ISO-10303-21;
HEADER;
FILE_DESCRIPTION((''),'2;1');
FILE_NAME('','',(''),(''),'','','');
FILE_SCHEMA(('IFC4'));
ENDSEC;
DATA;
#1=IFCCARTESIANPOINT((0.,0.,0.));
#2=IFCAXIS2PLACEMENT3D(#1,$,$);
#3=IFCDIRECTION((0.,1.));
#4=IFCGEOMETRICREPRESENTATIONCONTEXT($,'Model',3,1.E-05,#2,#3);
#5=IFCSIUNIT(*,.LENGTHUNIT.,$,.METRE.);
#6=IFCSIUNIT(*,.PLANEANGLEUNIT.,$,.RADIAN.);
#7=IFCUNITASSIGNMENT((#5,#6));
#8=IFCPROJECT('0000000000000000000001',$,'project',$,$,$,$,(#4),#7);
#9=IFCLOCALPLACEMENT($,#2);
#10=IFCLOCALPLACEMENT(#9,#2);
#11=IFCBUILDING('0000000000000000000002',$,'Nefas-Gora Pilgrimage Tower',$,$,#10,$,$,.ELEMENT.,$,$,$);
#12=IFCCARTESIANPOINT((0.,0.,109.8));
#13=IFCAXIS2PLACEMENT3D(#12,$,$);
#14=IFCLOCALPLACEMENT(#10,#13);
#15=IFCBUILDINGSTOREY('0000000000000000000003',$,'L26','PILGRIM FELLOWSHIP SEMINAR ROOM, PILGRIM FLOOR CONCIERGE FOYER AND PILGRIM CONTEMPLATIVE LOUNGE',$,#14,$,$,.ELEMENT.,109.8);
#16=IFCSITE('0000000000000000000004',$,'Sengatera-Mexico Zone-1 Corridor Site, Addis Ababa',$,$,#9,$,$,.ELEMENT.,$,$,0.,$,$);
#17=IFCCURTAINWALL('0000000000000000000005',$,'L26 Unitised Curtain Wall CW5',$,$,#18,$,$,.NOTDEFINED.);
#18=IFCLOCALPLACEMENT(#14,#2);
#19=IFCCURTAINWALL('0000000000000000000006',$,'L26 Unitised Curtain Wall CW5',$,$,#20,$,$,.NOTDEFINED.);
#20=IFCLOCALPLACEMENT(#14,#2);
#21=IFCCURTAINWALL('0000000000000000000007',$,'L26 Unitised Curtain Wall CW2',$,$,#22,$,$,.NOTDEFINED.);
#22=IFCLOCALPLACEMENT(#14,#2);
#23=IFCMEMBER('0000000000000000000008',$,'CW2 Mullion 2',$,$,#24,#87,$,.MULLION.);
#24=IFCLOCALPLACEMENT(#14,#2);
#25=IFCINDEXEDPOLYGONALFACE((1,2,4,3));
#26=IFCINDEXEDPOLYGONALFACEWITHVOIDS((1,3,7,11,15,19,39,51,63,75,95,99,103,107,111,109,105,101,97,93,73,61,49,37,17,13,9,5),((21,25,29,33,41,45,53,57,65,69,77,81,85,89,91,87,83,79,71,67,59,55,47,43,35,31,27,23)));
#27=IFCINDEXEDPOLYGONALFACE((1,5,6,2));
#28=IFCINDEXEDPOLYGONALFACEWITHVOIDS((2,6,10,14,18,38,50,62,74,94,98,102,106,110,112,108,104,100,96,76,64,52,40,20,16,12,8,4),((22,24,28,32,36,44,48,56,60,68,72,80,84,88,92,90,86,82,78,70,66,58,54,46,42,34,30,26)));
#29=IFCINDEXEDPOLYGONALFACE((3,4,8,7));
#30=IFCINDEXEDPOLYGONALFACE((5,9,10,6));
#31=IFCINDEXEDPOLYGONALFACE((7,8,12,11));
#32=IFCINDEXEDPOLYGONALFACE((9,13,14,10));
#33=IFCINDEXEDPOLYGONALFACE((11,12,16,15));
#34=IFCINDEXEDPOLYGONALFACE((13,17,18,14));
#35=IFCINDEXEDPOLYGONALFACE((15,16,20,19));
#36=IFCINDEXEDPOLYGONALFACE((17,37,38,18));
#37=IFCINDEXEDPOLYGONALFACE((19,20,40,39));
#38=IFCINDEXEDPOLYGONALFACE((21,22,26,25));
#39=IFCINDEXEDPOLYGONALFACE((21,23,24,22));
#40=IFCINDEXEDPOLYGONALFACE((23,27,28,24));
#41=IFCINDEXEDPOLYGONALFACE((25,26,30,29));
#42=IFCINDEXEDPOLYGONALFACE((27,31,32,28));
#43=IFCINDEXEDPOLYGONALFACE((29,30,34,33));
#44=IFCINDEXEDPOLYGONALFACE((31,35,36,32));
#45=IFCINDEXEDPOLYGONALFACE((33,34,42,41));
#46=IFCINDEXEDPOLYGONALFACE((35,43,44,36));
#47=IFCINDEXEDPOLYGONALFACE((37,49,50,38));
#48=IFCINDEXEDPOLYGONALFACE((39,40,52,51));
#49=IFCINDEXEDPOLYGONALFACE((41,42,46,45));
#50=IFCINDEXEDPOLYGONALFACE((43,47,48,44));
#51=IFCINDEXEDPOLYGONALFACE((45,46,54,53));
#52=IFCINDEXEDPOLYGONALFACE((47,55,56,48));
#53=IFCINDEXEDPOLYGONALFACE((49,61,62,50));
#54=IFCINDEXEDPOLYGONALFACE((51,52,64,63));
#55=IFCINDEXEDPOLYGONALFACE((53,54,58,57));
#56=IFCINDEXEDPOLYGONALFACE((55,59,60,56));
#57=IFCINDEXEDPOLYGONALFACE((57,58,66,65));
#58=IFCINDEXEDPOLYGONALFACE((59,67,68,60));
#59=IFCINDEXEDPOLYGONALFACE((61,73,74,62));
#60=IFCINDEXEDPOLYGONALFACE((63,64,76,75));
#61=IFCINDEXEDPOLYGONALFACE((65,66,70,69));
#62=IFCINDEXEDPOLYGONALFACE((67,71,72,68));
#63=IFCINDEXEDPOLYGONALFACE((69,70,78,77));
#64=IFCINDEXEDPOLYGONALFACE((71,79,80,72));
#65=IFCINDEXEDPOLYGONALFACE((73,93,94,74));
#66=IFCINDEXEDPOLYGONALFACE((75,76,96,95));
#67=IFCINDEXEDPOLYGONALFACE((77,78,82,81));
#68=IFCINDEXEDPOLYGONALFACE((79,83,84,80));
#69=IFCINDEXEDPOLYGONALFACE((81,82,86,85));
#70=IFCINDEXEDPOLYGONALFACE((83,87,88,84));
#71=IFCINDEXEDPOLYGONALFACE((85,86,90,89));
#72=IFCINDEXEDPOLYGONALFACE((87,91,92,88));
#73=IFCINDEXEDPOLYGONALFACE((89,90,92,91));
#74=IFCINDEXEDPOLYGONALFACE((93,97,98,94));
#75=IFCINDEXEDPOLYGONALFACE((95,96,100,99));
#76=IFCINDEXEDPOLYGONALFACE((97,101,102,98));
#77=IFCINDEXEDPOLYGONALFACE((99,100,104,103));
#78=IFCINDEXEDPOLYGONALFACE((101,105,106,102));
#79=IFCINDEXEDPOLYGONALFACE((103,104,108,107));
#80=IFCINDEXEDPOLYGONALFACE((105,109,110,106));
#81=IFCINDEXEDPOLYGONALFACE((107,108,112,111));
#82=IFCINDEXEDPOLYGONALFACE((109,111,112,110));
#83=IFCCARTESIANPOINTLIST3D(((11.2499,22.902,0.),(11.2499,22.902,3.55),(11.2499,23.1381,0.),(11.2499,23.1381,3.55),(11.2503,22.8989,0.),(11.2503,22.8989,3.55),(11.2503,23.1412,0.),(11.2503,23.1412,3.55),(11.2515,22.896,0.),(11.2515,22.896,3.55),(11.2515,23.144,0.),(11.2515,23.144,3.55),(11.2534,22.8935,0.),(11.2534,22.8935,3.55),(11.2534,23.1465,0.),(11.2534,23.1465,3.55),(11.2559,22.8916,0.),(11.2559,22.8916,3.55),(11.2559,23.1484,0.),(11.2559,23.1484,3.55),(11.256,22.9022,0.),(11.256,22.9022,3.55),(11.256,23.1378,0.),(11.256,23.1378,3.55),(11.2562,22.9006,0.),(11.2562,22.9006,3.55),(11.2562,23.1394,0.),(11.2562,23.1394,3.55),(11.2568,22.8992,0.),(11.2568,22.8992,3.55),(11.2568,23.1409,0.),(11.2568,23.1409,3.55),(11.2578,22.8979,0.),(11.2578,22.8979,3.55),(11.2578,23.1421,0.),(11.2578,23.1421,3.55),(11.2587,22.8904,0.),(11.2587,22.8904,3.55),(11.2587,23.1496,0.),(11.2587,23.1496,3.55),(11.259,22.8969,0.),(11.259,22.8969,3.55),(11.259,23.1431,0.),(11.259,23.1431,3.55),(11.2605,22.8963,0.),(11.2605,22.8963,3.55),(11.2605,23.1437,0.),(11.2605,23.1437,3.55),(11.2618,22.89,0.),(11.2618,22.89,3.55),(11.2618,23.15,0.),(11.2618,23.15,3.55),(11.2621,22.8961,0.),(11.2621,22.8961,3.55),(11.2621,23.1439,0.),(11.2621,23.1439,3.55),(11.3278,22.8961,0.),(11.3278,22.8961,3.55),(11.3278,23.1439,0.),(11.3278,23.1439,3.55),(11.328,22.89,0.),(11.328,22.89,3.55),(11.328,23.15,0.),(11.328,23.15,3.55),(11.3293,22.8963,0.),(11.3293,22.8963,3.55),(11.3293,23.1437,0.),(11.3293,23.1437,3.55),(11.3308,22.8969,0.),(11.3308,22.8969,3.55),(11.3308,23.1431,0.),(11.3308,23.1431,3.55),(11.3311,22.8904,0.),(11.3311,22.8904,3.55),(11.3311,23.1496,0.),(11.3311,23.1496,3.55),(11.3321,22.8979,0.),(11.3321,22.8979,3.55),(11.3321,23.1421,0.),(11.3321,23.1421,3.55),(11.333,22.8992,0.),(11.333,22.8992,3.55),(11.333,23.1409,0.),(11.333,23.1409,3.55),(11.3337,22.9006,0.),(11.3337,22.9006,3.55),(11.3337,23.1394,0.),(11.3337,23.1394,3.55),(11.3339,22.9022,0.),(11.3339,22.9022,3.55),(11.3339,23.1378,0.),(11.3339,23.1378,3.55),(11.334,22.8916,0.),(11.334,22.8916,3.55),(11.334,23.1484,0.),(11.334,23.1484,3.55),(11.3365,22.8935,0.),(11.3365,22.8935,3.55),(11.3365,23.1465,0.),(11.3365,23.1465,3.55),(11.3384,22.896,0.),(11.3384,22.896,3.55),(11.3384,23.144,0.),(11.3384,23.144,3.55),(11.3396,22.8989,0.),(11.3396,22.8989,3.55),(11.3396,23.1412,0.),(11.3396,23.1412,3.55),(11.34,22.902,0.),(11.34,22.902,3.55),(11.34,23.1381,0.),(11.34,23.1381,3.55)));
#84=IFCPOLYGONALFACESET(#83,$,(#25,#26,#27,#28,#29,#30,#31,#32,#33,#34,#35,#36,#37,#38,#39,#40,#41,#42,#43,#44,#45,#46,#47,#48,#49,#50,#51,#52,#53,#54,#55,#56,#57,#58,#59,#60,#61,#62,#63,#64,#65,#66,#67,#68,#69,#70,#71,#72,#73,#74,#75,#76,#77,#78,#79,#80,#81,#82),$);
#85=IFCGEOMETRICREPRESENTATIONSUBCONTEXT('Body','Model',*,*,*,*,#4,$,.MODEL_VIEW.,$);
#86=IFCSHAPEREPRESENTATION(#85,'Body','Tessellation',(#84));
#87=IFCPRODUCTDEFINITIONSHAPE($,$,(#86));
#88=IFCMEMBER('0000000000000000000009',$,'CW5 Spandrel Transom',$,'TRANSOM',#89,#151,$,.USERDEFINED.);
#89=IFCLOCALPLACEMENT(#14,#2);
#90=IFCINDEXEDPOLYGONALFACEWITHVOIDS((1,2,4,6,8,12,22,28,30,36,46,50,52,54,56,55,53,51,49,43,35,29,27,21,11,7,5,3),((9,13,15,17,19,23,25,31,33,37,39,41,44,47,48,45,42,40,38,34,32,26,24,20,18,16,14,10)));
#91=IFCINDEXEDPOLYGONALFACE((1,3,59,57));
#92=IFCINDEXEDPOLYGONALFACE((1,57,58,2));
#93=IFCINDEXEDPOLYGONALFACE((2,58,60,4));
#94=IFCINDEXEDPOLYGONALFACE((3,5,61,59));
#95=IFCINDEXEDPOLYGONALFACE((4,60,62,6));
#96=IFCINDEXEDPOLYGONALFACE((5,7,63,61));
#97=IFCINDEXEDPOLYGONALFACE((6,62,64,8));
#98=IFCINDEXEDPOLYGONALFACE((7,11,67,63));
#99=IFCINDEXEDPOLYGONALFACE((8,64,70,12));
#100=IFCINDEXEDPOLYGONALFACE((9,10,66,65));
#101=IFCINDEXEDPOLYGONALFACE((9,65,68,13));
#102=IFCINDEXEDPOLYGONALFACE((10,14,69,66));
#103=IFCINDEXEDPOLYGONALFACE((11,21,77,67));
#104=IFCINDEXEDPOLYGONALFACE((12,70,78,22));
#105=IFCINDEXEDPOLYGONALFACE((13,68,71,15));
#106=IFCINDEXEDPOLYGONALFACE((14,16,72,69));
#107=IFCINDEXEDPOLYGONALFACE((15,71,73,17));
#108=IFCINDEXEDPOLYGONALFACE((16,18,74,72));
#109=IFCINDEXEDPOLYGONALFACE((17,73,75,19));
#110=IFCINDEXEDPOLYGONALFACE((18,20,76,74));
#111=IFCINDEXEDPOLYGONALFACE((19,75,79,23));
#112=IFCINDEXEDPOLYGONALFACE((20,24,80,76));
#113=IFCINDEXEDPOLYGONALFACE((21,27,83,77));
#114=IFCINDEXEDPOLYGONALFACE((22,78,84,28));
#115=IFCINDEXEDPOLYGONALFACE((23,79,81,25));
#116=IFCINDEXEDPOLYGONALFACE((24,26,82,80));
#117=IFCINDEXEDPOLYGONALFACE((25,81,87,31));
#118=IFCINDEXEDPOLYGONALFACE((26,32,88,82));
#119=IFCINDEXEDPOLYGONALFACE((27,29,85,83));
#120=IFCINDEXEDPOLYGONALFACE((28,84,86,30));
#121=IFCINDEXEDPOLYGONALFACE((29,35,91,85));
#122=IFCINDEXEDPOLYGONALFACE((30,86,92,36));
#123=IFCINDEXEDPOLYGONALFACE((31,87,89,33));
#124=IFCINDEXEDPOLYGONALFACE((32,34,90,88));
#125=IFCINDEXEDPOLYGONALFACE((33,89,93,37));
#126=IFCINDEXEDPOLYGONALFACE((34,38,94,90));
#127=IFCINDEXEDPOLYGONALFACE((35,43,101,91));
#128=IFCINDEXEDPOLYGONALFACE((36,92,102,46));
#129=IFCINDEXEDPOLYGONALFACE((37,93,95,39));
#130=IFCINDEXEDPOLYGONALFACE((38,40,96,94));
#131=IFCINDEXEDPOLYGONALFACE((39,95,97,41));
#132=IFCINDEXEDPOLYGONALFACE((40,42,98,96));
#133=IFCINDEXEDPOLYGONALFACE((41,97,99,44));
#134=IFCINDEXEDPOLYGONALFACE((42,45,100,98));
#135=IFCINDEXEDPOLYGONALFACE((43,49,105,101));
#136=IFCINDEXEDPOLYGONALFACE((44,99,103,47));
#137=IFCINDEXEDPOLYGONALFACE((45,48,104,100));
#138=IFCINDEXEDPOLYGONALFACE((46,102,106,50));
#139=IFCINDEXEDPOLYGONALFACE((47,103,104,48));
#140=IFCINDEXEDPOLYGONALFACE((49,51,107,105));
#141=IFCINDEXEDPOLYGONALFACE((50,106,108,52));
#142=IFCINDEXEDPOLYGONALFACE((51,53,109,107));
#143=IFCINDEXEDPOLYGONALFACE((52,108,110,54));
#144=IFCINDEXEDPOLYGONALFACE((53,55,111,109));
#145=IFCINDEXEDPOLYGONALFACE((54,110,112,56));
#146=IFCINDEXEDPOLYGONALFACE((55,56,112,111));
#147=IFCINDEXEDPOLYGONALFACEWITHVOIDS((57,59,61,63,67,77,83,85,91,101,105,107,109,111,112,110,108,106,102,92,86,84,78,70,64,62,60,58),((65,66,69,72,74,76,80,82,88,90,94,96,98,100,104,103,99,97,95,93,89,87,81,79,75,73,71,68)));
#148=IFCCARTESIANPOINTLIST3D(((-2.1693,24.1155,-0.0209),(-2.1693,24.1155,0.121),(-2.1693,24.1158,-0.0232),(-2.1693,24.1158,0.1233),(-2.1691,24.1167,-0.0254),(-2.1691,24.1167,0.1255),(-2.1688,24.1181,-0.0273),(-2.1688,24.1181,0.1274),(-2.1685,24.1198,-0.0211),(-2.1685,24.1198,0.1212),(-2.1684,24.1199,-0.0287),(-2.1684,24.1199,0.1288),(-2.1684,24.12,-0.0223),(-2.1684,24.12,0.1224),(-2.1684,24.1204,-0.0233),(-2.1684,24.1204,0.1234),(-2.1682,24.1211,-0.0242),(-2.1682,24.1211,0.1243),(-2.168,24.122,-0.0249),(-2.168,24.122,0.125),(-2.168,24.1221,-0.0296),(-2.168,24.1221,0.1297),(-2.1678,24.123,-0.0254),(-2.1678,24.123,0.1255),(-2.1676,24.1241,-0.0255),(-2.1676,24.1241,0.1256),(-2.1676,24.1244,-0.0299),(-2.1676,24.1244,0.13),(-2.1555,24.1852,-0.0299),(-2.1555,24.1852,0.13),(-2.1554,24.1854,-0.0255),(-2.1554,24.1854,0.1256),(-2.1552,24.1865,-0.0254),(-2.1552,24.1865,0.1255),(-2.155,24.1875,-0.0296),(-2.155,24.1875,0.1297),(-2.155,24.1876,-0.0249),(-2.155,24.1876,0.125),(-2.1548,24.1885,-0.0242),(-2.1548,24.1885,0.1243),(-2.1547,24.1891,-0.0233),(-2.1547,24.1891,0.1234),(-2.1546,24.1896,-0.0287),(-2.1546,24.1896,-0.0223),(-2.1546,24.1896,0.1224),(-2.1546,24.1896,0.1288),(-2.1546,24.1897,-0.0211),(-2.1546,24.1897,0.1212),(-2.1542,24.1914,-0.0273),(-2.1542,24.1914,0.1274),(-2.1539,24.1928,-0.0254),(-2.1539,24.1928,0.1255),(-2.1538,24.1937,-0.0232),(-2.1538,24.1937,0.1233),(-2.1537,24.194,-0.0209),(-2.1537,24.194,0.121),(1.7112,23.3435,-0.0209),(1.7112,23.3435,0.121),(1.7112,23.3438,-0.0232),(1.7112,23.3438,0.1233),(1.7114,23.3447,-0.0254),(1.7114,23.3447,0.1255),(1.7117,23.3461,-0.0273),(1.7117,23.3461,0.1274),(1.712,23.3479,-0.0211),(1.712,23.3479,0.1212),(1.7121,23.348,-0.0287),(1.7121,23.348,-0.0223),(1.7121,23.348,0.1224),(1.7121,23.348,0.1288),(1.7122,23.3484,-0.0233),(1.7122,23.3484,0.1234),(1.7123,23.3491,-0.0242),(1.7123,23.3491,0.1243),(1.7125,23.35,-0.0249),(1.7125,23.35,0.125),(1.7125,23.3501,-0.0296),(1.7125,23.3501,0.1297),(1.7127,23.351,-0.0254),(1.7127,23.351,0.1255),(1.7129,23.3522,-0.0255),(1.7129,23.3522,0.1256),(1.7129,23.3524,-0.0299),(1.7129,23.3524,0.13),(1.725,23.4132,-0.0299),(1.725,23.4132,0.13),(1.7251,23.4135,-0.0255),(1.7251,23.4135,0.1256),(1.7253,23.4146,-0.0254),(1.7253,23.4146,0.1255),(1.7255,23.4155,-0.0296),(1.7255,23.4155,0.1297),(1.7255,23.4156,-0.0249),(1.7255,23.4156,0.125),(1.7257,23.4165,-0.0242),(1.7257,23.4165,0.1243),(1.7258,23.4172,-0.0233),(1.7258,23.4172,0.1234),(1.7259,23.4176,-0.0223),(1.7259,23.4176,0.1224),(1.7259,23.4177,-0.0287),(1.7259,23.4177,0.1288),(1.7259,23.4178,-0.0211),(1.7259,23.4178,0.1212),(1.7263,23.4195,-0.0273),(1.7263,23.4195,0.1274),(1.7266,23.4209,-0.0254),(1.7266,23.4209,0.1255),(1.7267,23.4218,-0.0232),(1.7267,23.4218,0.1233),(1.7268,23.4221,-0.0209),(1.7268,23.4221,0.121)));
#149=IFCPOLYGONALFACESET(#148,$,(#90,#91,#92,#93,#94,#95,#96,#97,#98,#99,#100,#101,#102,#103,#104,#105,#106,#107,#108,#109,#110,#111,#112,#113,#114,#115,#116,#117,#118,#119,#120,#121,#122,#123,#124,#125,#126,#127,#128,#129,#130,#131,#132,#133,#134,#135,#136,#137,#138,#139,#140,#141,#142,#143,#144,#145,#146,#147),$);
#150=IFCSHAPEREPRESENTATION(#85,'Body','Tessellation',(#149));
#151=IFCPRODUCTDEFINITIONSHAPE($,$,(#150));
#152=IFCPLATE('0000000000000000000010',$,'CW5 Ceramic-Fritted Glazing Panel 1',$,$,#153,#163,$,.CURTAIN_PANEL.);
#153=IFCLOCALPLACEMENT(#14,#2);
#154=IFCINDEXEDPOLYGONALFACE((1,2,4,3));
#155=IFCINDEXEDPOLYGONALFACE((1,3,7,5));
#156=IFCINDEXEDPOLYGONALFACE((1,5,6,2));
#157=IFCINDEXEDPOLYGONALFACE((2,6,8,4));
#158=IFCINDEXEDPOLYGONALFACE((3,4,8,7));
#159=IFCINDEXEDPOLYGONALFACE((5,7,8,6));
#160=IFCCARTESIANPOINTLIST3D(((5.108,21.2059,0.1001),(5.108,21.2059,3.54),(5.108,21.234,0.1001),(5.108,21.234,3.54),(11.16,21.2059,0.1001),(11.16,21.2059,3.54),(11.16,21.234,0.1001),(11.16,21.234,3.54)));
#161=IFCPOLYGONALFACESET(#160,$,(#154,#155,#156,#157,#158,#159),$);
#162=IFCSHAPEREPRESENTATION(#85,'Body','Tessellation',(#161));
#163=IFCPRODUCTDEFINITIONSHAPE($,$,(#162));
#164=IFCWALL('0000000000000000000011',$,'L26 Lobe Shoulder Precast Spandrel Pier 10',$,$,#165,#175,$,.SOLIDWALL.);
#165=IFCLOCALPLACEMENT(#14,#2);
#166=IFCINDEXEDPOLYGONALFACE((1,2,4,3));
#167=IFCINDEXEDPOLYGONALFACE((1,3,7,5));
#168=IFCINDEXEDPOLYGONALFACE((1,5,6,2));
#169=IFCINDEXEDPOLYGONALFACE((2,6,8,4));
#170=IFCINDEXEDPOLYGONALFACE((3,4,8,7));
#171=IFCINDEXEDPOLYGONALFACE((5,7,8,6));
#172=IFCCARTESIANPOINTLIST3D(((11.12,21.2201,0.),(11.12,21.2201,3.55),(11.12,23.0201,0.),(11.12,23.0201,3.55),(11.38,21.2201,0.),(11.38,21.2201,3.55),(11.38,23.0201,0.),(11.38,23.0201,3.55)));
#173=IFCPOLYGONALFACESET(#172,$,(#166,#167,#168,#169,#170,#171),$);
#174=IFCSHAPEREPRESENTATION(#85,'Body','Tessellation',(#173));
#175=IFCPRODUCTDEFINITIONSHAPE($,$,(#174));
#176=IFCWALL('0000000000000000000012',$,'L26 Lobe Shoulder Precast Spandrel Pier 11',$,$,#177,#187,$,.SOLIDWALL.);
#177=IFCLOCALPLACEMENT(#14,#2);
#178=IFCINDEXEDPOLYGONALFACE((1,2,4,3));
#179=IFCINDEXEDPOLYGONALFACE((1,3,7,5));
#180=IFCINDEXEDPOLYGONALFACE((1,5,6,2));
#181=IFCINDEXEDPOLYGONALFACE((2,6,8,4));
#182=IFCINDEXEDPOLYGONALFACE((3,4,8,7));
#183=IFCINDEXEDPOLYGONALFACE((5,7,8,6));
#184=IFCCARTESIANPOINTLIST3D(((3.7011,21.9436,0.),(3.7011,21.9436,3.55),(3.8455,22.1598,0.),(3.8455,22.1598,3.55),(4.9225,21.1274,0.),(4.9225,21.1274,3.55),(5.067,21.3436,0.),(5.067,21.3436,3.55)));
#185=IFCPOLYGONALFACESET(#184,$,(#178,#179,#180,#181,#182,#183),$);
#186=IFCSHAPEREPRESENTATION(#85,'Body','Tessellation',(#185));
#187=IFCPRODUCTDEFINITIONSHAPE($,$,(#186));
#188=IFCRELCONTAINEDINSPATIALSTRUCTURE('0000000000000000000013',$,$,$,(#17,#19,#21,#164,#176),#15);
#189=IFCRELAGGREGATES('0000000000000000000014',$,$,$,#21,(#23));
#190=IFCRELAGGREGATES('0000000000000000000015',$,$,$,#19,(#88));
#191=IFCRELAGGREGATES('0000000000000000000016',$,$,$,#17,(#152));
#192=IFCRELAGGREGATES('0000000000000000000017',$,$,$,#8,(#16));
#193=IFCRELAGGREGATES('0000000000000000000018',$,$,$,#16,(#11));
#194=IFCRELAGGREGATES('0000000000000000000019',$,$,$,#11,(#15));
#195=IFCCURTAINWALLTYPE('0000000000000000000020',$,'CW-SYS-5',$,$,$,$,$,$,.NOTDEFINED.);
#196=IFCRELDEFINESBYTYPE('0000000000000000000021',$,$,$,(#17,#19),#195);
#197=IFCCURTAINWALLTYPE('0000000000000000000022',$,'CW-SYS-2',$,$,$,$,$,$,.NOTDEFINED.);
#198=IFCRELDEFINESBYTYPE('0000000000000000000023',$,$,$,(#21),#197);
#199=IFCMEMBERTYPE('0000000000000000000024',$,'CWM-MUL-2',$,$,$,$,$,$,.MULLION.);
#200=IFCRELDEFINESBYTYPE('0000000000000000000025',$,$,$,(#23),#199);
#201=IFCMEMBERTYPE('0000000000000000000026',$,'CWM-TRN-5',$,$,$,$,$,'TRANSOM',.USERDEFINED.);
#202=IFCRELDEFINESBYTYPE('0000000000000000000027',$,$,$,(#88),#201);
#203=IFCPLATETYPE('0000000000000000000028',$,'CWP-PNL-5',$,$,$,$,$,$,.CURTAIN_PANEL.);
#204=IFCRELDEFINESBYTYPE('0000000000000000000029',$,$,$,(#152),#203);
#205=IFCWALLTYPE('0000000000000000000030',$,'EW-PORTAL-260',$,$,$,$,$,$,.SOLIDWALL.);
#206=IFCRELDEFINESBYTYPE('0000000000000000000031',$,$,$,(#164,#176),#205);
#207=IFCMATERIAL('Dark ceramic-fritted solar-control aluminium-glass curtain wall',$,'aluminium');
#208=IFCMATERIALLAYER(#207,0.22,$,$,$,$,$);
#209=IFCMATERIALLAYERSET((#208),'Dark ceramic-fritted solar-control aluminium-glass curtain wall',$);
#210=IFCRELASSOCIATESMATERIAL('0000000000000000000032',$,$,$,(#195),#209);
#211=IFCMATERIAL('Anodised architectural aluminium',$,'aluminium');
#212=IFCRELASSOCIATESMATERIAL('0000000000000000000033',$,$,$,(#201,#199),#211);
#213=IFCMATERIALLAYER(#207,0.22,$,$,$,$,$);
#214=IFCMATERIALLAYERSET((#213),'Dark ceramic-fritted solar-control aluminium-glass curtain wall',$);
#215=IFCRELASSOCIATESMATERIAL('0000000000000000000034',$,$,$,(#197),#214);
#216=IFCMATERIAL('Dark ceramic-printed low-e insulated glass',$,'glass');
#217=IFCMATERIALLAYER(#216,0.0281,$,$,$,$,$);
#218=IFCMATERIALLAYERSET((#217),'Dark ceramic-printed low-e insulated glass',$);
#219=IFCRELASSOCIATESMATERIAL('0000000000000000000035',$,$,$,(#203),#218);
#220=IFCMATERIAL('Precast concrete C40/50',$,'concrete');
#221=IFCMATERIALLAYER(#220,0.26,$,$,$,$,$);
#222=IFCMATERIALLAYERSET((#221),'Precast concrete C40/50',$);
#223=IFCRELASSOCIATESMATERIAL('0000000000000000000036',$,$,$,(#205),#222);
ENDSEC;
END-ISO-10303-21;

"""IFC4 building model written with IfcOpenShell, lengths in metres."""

from ifc_helpers import new_model, si_unit, direction, frame, frame_2d, origin, origin_2d, place, context, subcontext, project, spatial, rectangle, hollow_rectangle, extrude, source, transform, mapped, material, layer, layer_set, material_profile, profile_set, type_object, element, aggregate, save


model = new_model("IFC4")

# Units and contexts
model_context = context("Model", 3, precision=1e-05, world=origin(), true_north=direction((0.0, 1.0)))
body_context = subcontext(model_context, "Body", "Model", "MODEL_VIEW")
ifc_project = project(units=[si_unit("LENGTHUNIT", "METRE"), si_unit("PLANEANGLEUNIT", "RADIAN")], contexts=[model_context])

# Site, building, storey
site_placement = place(None, origin())
site = spatial("IfcSite", under=ifc_project, at=site_placement, Name="Sengatera-Mexico Zone-1 Corridor Site, Addis Ababa", CompositionType="ELEMENT", RefElevation=0.0)
building_placement = place(site_placement, origin())
building = spatial("IfcBuilding", under=site, at=building_placement, Name="Nefas-Gora Pilgrimage Tower", CompositionType="ELEMENT")
storey_placement = place(building_placement, frame((0.0, 0.0, 109.8)))
storey = spatial("IfcBuildingStorey", under=building, at=storey_placement, Name="L26", Description="PILGRIM FELLOWSHIP SEMINAR ROOM, PILGRIM FLOOR CONCIERGE FOYER AND PILGRIM CONTEMPLATIVE LOUNGE", CompositionType="ELEMENT", Elevation=109.8)

# Curtain wall
ifc_material_1 = material(Name="Dark ceramic-fritted solar-control aluminium-glass curtain wall", Category="aluminium")
ifc_layer_1 = layer(ifc_material_1, 0.22)
ifc_layer_set_1 = layer_set([ifc_layer_1], Name="Dark ceramic-fritted solar-control aluminium-glass curtain wall")
curtain_wall_type_1 = type_object("IfcCurtainWallType", Name="CW-SYS-5", PredefinedType="NOTDEFINED", material=ifc_layer_set_1)
curtain_wall_1_placement = place(storey_placement, origin())
curtain_wall_1 = element("IfcCurtainWall", 1, at=curtain_wall_1_placement, inside=storey, type_object=curtain_wall_type_1, Name="L26 Unitised Curtain Wall CW5", PredefinedType="NOTDEFINED")
ifc_material_2 = material(Name="Anodised architectural aluminium", Category="aluminium")

# Curtain wall
curtain_wall_2_placement = place(storey_placement, origin())
curtain_wall_2 = element("IfcCurtainWall", 2, at=curtain_wall_2_placement, inside=storey, type_object=curtain_wall_type_1, Name="L26 Unitised Curtain Wall CW5", PredefinedType="NOTDEFINED")

# Shared definitions
ifc_material_profile_1 = material_profile(ifc_material_2, hollow_rectangle(XDim=0.0801, YDim=0.1599, WallThickness=0.0044, InnerFilletRadius=0.0044, OuterFilletRadius=0.009, at=origin_2d()), Name="ALU TRANSOM 80x160")
ifc_profile_set_1 = profile_set([ifc_material_profile_1], Name="Anodised architectural aluminium")
member_type_1 = type_object("IfcMemberType", Name="CWM-TRN-5", ElementType="TRANSOM", PredefinedType="USERDEFINED", material=ifc_profile_set_1)

# Curtain wall, member
ifc_layer_2 = layer(ifc_material_1, 0.22)
ifc_layer_set_2 = layer_set([ifc_layer_2], Name="Dark ceramic-fritted solar-control aluminium-glass curtain wall")
curtain_wall_type_2 = type_object("IfcCurtainWallType", Name="CW-SYS-2", PredefinedType="NOTDEFINED", material=ifc_layer_set_2)
curtain_wall_3_placement = place(storey_placement, origin())
curtain_wall_3 = element("IfcCurtainWall", 3, at=curtain_wall_3_placement, inside=storey, type_object=curtain_wall_type_2, Name="L26 Unitised Curtain Wall CW2", PredefinedType="NOTDEFINED")
ifc_material_profile_2 = material_profile(ifc_material_2, hollow_rectangle(XDim=0.0901, YDim=0.26, WallThickness=0.0061, InnerFilletRadius=0.0061, OuterFilletRadius=0.012, at=origin_2d()), Name="ALU MULLION 90x260")
ifc_profile_set_2 = profile_set([ifc_material_profile_2], Name="Anodised architectural aluminium")
member_type_2 = type_object("IfcMemberType", Name="CWM-MUL-2", PredefinedType="MULLION", material=ifc_profile_set_2)
shared_shape_1 = source(origin(), body_context, "Body", "SweptSolid", [
    extrude(hollow_rectangle(XDim=0.0901, YDim=0.26, WallThickness=0.0061, InnerFilletRadius=0.0061, OuterFilletRadius=0.012, at=origin_2d()), origin(), (0.0, 0.0, 1.0), 3.55),
])
member_1_placement = place(storey_placement, frame((11.2949, 23.02, 0.0), z_axis=(0.0, 0.0, 1.0), x_axis=(-1.0, 0.0, 0.0)))
member_1 = element("IfcMember", 4, at=member_1_placement, type_object=member_type_2, Name="CW2 Mullion 2", PredefinedType="MULLION", context=body_context, shape_type="MappedRepresentation", body=[
    mapped(shared_shape_1, transform((0.0, 0.0, 0.0), x_axis=(1.0, 0.0, 0.0), y_axis=(0.0, 1.0, 0.0), z_axis=(0.0, 0.0, 1.0), scale=1.0)),
])
aggregate(curtain_wall_3, [member_1])

# Member
shared_shape_2 = source(origin(), body_context, "Body", "SweptSolid", [
    extrude(hollow_rectangle(XDim=0.0801, YDim=0.1599, WallThickness=0.0044, InnerFilletRadius=0.0044, OuterFilletRadius=0.009, at=origin_2d()), origin(), (0.0, 0.0, 1.0), 3.9565),
])
member_2_placement = place(storey_placement, frame((1.719, 23.3828, 0.05), z_axis=(-0.980782, 0.195107, 0.0), x_axis=(-0.195107, -0.980782, 0.0)))
member_2 = element("IfcMember", 5, at=member_2_placement, type_object=member_type_1, Name="CW5 Spandrel Transom", ObjectType="TRANSOM", PredefinedType="USERDEFINED", context=body_context, shape_type="MappedRepresentation", body=[
    mapped(shared_shape_2, transform((0.0, 0.0, 0.0), x_axis=(1.0, 0.0, 0.0), y_axis=(0.0, 1.0, 0.0), z_axis=(0.0, 0.0, 1.0), scale=1.0)),
])
aggregate(curtain_wall_2, [member_2])

# Plate
ifc_material_3 = material(Name="Dark ceramic-printed low-e insulated glass", Category="glass")
ifc_layer_3 = layer(ifc_material_3, 0.0281)
ifc_layer_set_3 = layer_set([ifc_layer_3], Name="Dark ceramic-printed low-e insulated glass")
plate_type = type_object("IfcPlateType", Name="CWP-PNL-5", PredefinedType="CURTAIN_PANEL", material=ifc_layer_set_3)
shared_shape_3 = source(origin(), body_context, "Body", "SweptSolid", [
    extrude(rectangle(XDim=6.052, YDim=0.0281, at=origin_2d()), origin(), (0.0, 0.0, 1.0), 3.4399),
])
plate_placement = place(storey_placement, frame((8.134, 21.22, 0.1001), z_axis=(0.0, 0.0, 1.0), x_axis=(-1.0, 0.0, 0.0)))
plate = element("IfcPlate", 6, at=plate_placement, type_object=plate_type, Name="CW5 Ceramic-Fritted Glazing Panel 1", PredefinedType="CURTAIN_PANEL", context=body_context, shape_type="MappedRepresentation", body=[
    mapped(shared_shape_3, transform((0.0, 0.0, 0.0), x_axis=(1.0, 0.0, 0.0), y_axis=(0.0, 1.0, 0.0), z_axis=(0.0, 0.0, 1.0), scale=1.0)),
])
aggregate(curtain_wall_1, [plate])

# Walls
ifc_material_4 = material(Name="Precast concrete C40/50", Category="concrete")
ifc_layer_4 = layer(ifc_material_4, 0.26)
ifc_layer_set_4 = layer_set([ifc_layer_4], Name="Precast concrete C40/50")
wall_type_1 = type_object("IfcWallType", Name="EW-PORTAL-260", PredefinedType="SOLIDWALL", material=ifc_layer_set_4)
shared_shape_4 = source(origin(), body_context, "Body", "SweptSolid", [
    extrude(rectangle(XDim=1.8, YDim=0.26, at=frame_2d((0.8999, 0.0))), origin(), (0.0, 0.0, 1.0), 3.55),
])
wall_1_placement = place(storey_placement, frame((11.25, 23.02, 0.0), z_axis=(0.0, 0.0, 1.0), x_axis=(0.0, -1.0, 0.0)))
element("IfcWall", 7, at=wall_1_placement, inside=storey, type_object=wall_type_1, Name="L26 Lobe Shoulder Precast Spandrel Pier 10", PredefinedType="SOLIDWALL", context=body_context, shape_type="MappedRepresentation", body=[
    mapped(shared_shape_4, transform((0.0, 0.0, 0.0), x_axis=(1.0, 0.0, 0.0), y_axis=(0.0, 1.0, 0.0), z_axis=(0.0, 0.0, 1.0), scale=1.0)),
])
shared_shape_5 = source(origin(), body_context, "Body", "SweptSolid", [
    extrude(rectangle(XDim=1.469, YDim=0.26, at=frame_2d((0.7344, 0.0))), origin(), (0.0, 0.0, 1.0), 3.55),
])
wall_2_placement = place(storey_placement, frame((4.9946, 21.2356, 0.0), z_axis=(0.0, 0.0, 1.0), x_axis=(-0.831462, 0.555582, 0.0)))
element("IfcWall", 8, at=wall_2_placement, inside=storey, type_object=wall_type_1, Name="L26 Lobe Shoulder Precast Spandrel Pier 11", PredefinedType="SOLIDWALL", context=body_context, shape_type="MappedRepresentation", body=[
    mapped(shared_shape_5, transform((0.0, 0.0, 0.0), x_axis=(1.0, 0.0, 0.0), y_axis=(0.0, 1.0, 0.0), z_axis=(0.0, 0.0, 1.0), scale=1.0)),
])

save(model, "model.ifc")
